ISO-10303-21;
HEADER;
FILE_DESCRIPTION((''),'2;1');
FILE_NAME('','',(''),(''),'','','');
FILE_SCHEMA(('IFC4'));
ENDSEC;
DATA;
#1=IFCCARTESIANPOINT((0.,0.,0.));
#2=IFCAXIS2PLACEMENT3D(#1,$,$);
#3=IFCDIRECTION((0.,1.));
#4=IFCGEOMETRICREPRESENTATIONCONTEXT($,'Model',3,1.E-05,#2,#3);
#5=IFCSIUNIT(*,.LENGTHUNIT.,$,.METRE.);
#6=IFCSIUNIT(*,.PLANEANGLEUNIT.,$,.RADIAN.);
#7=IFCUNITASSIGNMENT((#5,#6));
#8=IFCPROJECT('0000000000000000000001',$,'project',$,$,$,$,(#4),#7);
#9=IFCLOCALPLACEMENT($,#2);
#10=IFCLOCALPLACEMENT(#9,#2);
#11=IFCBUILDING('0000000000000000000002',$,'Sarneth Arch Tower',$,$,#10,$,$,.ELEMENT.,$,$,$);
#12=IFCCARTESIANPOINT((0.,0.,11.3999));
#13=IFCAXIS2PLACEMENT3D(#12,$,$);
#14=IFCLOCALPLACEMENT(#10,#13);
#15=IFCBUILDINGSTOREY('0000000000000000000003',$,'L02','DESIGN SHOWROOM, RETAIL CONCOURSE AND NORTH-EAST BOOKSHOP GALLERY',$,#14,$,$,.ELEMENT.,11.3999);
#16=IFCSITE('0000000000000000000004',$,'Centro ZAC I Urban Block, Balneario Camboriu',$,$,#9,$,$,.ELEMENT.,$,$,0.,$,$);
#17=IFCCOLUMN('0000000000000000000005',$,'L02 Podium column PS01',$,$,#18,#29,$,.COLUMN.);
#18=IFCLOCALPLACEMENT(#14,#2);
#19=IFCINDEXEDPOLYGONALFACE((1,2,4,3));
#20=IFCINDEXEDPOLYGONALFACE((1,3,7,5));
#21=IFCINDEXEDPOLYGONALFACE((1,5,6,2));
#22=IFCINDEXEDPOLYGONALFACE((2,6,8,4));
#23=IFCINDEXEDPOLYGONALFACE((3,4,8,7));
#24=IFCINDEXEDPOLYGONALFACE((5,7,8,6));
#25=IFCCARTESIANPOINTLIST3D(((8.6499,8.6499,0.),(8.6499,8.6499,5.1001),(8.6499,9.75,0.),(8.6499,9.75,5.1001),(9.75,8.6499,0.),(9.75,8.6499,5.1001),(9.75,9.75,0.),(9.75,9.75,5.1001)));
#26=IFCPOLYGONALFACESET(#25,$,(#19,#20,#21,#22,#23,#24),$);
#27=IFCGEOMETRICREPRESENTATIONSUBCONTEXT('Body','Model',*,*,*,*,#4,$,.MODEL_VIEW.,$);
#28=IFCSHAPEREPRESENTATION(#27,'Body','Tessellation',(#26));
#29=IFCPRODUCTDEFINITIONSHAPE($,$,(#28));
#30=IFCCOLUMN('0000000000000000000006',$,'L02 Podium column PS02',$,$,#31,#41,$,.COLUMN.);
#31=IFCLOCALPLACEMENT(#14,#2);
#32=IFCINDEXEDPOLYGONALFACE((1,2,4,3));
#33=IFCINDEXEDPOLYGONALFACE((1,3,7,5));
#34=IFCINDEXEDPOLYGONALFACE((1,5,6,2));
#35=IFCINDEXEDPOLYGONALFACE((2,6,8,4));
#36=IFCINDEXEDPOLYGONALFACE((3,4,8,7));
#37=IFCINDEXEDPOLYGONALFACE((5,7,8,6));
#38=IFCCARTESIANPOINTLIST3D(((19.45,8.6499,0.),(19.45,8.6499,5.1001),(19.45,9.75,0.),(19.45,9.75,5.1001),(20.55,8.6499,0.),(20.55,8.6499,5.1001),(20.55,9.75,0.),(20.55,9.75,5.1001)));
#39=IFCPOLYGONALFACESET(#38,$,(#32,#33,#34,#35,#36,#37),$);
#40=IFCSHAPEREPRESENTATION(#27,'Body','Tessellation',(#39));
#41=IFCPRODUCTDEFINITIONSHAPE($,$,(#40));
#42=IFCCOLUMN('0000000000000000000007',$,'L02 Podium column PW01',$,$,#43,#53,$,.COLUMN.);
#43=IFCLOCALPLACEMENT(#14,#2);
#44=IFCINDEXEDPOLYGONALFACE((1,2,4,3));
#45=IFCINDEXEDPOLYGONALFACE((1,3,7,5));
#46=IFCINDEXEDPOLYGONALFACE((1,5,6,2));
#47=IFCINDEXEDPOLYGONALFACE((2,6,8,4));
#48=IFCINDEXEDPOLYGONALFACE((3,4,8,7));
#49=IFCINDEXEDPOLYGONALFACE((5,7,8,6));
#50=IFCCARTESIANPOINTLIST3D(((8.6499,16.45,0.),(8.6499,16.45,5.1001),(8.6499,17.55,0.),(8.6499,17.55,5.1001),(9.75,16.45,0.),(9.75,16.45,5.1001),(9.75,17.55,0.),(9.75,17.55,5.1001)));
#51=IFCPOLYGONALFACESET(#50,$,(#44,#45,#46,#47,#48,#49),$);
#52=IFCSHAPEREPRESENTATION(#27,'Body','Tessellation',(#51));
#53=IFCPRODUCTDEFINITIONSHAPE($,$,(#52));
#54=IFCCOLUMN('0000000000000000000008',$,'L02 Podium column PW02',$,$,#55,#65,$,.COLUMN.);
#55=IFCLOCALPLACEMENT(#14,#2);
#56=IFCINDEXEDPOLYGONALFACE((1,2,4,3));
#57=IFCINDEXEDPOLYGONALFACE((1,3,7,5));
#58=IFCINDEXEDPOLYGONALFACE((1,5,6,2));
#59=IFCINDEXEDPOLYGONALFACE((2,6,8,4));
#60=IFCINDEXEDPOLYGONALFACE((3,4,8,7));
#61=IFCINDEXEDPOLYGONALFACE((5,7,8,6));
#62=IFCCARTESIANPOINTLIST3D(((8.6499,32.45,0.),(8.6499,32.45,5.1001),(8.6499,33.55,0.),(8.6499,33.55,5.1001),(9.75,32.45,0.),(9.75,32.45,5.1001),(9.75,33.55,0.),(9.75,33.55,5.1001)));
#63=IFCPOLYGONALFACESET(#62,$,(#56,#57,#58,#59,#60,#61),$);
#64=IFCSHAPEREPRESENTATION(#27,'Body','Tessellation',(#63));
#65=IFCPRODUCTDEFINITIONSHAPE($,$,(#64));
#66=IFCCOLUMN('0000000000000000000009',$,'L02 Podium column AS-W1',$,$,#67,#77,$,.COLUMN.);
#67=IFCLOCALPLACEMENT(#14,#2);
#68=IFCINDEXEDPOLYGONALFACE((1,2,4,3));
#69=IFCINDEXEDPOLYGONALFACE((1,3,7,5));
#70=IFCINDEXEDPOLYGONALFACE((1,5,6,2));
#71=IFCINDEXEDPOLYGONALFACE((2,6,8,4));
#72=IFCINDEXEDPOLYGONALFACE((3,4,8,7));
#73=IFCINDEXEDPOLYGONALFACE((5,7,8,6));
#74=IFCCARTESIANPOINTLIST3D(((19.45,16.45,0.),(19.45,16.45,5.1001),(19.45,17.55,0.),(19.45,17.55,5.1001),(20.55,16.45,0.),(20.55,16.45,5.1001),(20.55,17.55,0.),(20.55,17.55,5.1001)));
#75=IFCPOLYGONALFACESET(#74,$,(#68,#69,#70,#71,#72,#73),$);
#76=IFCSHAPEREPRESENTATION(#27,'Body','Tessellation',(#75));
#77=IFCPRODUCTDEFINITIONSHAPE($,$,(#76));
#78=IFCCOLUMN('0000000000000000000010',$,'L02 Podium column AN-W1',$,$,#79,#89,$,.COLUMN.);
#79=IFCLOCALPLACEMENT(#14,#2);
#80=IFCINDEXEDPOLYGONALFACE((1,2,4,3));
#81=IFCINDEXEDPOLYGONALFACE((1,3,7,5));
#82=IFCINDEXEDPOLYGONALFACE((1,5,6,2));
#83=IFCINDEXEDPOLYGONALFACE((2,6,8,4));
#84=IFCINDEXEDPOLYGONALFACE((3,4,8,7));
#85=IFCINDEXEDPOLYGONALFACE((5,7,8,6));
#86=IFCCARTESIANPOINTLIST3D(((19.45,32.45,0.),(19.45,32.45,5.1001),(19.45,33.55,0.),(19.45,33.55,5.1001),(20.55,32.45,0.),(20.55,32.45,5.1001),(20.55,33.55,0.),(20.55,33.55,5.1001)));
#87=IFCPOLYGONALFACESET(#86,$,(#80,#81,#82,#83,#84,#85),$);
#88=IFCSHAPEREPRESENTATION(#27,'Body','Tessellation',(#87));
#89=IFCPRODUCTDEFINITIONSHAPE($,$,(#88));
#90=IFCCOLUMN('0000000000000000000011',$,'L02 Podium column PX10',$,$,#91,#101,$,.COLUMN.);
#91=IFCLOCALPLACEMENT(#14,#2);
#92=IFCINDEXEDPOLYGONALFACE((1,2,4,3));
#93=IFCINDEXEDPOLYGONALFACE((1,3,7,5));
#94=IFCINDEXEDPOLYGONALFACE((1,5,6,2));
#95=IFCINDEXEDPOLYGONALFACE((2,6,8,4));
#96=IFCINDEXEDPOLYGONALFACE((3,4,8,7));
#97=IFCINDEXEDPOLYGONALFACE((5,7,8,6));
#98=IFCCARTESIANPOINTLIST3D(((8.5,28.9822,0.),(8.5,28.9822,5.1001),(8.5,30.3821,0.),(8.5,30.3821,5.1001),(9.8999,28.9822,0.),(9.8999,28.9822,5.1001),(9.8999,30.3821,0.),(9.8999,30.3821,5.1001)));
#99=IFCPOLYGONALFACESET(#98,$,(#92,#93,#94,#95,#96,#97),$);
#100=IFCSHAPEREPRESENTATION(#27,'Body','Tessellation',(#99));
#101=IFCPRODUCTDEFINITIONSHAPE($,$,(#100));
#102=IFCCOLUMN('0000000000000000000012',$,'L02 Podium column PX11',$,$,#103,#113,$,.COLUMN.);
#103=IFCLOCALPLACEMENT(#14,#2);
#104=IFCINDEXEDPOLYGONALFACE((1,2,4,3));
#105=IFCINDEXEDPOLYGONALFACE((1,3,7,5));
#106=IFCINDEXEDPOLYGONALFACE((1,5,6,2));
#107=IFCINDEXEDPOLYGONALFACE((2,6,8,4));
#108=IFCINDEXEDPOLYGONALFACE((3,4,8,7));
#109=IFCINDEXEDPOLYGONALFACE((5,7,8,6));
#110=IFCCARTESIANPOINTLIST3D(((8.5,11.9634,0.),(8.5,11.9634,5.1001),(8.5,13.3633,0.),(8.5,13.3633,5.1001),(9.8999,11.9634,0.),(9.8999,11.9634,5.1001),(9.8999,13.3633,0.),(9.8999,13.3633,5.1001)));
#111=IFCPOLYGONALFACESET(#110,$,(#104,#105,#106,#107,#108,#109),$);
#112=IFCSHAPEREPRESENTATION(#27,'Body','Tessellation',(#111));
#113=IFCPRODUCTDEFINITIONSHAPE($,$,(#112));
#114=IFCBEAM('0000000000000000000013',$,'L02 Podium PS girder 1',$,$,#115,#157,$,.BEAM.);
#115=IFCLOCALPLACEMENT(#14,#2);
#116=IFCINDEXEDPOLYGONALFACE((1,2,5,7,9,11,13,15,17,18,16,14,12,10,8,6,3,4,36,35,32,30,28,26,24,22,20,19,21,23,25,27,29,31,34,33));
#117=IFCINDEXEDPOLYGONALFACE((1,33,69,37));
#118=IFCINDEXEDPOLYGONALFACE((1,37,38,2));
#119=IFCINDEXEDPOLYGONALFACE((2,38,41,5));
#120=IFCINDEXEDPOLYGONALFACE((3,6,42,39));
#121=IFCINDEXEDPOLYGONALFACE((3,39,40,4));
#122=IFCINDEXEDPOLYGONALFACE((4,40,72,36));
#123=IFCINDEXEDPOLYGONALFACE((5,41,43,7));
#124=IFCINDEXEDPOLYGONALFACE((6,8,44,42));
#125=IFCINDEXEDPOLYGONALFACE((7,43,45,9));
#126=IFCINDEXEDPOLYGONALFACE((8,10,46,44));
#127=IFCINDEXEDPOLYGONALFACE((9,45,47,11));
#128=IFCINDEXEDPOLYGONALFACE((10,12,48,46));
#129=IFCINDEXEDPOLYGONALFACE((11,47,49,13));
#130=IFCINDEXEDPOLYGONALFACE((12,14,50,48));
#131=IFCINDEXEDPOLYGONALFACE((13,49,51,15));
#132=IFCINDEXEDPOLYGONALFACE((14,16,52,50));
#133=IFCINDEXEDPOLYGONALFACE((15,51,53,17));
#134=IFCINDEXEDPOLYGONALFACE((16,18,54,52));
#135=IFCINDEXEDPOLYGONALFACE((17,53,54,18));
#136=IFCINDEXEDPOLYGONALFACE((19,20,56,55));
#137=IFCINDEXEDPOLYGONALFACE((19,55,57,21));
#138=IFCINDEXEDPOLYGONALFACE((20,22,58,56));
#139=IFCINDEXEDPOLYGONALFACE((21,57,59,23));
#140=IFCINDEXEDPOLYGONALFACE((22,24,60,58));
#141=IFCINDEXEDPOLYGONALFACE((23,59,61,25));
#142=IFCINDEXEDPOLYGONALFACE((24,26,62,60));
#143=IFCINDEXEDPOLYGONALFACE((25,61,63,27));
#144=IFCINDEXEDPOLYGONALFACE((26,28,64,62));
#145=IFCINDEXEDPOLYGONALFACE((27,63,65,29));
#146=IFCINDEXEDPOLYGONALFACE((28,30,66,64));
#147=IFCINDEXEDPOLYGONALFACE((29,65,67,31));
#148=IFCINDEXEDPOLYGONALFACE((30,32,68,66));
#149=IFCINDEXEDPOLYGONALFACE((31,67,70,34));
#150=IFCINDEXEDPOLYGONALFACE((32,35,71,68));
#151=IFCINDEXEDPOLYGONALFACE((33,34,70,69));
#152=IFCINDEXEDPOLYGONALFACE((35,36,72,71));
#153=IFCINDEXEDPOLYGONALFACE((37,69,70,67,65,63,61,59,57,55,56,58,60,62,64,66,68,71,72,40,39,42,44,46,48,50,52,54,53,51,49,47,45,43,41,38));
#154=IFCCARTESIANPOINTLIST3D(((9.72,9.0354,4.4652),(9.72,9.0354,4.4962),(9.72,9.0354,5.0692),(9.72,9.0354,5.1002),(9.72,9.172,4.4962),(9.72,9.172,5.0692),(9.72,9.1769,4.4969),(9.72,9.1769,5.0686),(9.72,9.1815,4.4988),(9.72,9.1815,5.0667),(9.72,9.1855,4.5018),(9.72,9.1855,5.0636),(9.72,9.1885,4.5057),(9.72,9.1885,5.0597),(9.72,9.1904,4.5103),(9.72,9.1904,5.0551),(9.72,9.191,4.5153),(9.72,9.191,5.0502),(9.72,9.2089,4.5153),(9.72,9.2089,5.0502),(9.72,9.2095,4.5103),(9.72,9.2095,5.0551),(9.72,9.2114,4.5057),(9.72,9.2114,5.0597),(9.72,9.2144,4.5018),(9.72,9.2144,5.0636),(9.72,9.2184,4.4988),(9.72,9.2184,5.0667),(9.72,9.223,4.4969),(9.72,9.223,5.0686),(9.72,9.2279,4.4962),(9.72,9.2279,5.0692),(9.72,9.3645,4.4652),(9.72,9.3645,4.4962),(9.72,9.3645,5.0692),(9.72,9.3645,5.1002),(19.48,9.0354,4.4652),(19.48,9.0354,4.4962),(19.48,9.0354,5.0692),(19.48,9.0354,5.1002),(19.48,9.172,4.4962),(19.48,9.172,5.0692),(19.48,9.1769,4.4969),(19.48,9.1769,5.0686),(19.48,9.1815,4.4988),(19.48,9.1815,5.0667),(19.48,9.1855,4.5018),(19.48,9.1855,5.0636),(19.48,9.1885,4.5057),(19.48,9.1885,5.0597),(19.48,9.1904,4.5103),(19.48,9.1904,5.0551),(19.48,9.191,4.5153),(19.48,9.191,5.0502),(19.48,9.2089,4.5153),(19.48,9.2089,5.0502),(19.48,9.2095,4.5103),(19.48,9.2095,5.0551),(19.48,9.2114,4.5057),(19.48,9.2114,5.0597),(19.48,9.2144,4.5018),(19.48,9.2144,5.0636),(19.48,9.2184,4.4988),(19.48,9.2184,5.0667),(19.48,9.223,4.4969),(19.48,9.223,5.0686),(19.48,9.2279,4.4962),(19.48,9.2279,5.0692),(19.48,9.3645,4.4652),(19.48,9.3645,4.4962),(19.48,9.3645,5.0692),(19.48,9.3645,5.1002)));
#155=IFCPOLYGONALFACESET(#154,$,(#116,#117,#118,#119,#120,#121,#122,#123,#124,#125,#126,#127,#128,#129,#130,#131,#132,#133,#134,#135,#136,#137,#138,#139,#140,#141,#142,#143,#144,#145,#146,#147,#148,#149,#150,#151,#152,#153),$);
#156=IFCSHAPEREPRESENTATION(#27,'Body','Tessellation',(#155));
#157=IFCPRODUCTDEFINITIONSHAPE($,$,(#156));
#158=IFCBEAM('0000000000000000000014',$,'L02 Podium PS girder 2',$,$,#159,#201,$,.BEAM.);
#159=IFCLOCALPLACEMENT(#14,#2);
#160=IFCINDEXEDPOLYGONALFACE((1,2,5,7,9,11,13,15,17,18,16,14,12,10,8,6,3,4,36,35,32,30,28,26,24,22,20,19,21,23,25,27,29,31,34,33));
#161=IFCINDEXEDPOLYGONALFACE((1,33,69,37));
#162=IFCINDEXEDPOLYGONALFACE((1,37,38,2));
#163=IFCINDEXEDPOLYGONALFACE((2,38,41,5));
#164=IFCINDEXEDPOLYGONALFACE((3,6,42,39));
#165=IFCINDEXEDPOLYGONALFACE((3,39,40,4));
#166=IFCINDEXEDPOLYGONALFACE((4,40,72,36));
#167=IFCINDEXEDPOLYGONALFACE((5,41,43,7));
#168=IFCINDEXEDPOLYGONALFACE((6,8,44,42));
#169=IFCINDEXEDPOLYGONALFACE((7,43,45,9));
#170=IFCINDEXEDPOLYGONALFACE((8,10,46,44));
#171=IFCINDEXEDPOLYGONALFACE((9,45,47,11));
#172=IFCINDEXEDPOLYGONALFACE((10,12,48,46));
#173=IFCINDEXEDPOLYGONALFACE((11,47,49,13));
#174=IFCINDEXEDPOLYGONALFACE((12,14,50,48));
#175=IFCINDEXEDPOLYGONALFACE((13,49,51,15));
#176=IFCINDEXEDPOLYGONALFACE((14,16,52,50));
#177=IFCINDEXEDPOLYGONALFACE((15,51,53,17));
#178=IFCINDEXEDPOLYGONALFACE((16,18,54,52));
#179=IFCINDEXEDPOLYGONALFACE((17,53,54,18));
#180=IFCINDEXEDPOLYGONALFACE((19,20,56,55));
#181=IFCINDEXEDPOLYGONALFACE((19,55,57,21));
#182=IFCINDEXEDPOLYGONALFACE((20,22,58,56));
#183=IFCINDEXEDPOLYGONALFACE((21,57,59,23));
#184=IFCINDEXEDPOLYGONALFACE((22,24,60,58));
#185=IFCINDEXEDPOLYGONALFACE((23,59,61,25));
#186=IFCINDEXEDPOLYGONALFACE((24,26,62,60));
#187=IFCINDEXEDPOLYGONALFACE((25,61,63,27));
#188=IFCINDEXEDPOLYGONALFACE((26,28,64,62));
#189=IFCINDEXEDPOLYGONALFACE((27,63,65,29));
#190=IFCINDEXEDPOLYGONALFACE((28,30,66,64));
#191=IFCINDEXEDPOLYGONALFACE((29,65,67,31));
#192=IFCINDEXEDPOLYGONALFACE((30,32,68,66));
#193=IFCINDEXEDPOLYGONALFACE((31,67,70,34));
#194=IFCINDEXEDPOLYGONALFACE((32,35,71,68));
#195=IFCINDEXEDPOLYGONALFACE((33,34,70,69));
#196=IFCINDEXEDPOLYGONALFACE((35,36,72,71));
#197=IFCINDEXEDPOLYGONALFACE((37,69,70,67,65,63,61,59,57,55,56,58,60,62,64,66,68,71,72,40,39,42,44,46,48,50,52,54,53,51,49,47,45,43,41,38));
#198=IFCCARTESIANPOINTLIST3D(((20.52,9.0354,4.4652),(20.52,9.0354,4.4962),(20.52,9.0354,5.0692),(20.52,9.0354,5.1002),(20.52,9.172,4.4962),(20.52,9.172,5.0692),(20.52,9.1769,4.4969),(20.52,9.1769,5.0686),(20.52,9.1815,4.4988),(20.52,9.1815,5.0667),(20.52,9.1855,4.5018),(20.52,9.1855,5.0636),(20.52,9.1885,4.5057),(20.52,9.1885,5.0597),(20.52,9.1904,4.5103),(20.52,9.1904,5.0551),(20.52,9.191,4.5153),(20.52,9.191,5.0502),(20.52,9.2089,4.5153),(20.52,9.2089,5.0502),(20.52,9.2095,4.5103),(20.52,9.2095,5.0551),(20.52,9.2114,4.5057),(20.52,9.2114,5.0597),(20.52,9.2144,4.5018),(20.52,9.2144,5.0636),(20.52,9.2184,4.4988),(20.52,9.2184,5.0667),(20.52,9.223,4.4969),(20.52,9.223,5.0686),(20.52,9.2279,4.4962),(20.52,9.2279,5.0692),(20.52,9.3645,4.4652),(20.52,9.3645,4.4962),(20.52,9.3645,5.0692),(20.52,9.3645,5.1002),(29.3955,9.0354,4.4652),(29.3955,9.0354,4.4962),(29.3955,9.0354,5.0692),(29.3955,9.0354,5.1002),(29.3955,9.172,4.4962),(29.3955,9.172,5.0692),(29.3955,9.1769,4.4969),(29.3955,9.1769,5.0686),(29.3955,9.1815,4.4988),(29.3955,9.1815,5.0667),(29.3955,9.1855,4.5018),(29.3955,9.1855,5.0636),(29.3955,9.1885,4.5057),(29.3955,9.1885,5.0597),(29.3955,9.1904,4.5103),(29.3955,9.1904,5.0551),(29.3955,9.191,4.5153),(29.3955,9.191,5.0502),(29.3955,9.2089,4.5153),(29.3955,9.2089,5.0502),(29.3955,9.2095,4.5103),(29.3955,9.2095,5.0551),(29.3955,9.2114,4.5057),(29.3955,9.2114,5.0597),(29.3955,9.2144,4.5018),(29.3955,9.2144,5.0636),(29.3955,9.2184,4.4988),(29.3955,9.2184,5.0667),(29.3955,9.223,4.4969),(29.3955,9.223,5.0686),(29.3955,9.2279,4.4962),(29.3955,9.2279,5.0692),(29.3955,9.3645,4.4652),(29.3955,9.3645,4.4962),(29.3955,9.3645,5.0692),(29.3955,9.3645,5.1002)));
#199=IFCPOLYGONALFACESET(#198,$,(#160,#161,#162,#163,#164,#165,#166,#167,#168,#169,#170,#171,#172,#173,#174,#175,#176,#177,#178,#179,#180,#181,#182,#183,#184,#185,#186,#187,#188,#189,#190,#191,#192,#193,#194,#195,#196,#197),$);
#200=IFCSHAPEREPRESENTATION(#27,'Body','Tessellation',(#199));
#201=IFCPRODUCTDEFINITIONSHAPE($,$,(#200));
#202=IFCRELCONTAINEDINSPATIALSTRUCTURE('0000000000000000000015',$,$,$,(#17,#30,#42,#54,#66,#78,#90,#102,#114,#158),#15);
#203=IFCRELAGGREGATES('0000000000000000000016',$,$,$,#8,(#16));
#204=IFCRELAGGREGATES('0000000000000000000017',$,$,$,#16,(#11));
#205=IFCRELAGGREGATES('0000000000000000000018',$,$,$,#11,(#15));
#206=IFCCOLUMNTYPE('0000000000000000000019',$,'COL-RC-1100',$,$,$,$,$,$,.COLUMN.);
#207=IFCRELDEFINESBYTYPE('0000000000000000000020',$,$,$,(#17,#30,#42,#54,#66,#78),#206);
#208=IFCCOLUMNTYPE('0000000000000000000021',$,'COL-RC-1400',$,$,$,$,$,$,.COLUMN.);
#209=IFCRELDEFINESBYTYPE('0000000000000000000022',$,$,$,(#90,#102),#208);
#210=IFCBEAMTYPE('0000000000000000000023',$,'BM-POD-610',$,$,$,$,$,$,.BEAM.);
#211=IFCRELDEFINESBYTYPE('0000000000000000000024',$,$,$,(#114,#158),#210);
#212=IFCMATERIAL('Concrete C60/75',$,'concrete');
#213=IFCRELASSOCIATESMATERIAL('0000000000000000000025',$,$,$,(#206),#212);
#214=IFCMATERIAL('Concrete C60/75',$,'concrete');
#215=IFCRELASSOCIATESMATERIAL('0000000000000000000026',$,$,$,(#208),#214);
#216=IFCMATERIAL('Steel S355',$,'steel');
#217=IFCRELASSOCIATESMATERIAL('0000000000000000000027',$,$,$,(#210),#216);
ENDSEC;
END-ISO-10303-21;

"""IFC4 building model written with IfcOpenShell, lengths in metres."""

from ifc_helpers import new_model, si_unit, direction, frame, origin, origin_2d, place, context, subcontext, project, spatial, rectangle, i_section, extrude, material, material_profile, profile_set, type_object, element, save


model = new_model("IFC4")

# Units and contexts
model_context = context("Model", 3, precision=1e-05, world=origin(), true_north=direction((0.0, 1.0)))
body_context = subcontext(model_context, "Body", "Model", "MODEL_VIEW")
ifc_project = project(units=[si_unit("LENGTHUNIT", "METRE"), si_unit("PLANEANGLEUNIT", "RADIAN")], contexts=[model_context])

# Site, building, storey
site_placement = place(None, origin())
site = spatial("IfcSite", under=ifc_project, at=site_placement, Name="Centro ZAC I Urban Block, Balneario Camboriu", CompositionType="ELEMENT", RefElevation=0.0)
building_placement = place(site_placement, origin())
building = spatial("IfcBuilding", under=site, at=building_placement, Name="Sarneth Arch Tower", CompositionType="ELEMENT")
storey_placement = place(building_placement, frame((0.0, 0.0, 11.3999)))
storey = spatial("IfcBuildingStorey", under=building, at=storey_placement, Name="L02", Description="DESIGN SHOWROOM, RETAIL CONCOURSE AND NORTH-EAST BOOKSHOP GALLERY", CompositionType="ELEMENT", Elevation=11.3999)

# Columns
ifc_material_1 = material(Name="Concrete C60/75", Category="concrete")
ifc_material_profile_1 = material_profile(ifc_material_1, rectangle(XDim=1.1001, YDim=1.1001, at=origin_2d()), Name="RC-1100x1100")
ifc_profile_set_1 = profile_set([ifc_material_profile_1], Name="Concrete C60/75")
column_type_1 = type_object("IfcColumnType", Name="COL-RC-1100", PredefinedType="COLUMN", material=ifc_profile_set_1)
for number, where, z_axis, x_axis, name in (
    (1, (9.2, 9.2, 0.0), (0.0, 0.0, 1.0), (1.0, 0.0, 0.0), "L02 Podium column PS01"),
    (2, (20.0, 9.2, 0.0), (0.0, 0.0, 1.0), (1.0, 0.0, 0.0), "L02 Podium column PS02"),
    (3, (9.2, 17.0, 0.0), (0.0, 0.0, 1.0), (1.0, 0.0, 0.0), "L02 Podium column PW01"),
    (4, (9.2, 33.0, 0.0), (0.0, 0.0, 1.0), (1.0, 0.0, 0.0), "L02 Podium column PW02"),
    (5, (20.0, 17.0, 0.0), (0.0, 0.0, 1.0), (1.0, 0.0, 0.0), "L02 Podium column AS-W1"),
    (6, (20.0, 33.0, 0.0), (0.0, 0.0, 1.0), (1.0, 0.0, 0.0), "L02 Podium column AN-W1"),
):
    element("IfcColumn", number, at=place(storey_placement, frame(where, z_axis=z_axis, x_axis=x_axis)), inside=storey, type_object=column_type_1, Name=name, PredefinedType="COLUMN", context=body_context, shape_type="SweptSolid", body=[
        extrude(rectangle(XDim=1.1001, YDim=1.1001, at=origin_2d()), origin(), (0.0, 0.0, 1.0), 5.1001),
    ])
ifc_material_2 = material(Name="Concrete C60/75", Category="concrete")
ifc_material_profile_2 = material_profile(ifc_material_2, rectangle(XDim=1.3999, YDim=1.3999, at=origin_2d()), Name="RC-1400x1400")
ifc_profile_set_2 = profile_set([ifc_material_profile_2], Name="Concrete C60/75")
column_type_2 = type_object("IfcColumnType", Name="COL-RC-1400", PredefinedType="COLUMN", material=ifc_profile_set_2)
for number, where, z_axis, x_axis, name in (
    (7, (9.2, 29.6821, 0.0), (0.0, 0.0, 1.0), (1.0, 0.0, 0.0), "L02 Podium column PX10"),
    (8, (9.2, 12.6633, 0.0), (0.0, 0.0, 1.0), (1.0, 0.0, 0.0), "L02 Podium column PX11"),
):
    element("IfcColumn", number, at=place(storey_placement, frame(where, z_axis=z_axis, x_axis=x_axis)), inside=storey, type_object=column_type_2, Name=name, PredefinedType="COLUMN", context=body_context, shape_type="SweptSolid", body=[
        extrude(rectangle(XDim=1.3999, YDim=1.3999, at=origin_2d()), origin(), (0.0, 0.0, 1.0), 5.1001),
    ])

# Beams
ifc_material_3 = material(Name="Steel S355", Category="steel")
ifc_material_profile_3 = material_profile(ifc_material_3, i_section(OverallWidth=0.3291, OverallDepth=0.635, WebThickness=0.0178, FlangeThickness=0.031, FilletRadius=0.019, at=origin_2d()), Name="W610x241")
ifc_profile_set_3 = profile_set([ifc_material_profile_3], Name="Steel S355")
beam_type = type_object("IfcBeamType", Name="BM-POD-610", PredefinedType="BEAM", material=ifc_profile_set_3)
beam_1_placement = place(storey_placement, frame((9.72, 9.2, 4.7827), z_axis=(1.0, 0.0, 0.0), x_axis=(0.0, 1.0, 0.0)))
element("IfcBeam", 9, at=beam_1_placement, inside=storey, type_object=beam_type, Name="L02 Podium PS girder 1", PredefinedType="BEAM", context=body_context, shape_type="SweptSolid", body=[
    extrude(i_section(OverallWidth=0.3291, OverallDepth=0.635, WebThickness=0.0178, FlangeThickness=0.031, FilletRadius=0.019, at=origin_2d()), origin(), (0.0, 0.0, 1.0), 9.76),
])
beam_2_placement = place(storey_placement, frame((20.52, 9.2, 4.7827), z_axis=(1.0, 0.0, 0.0), x_axis=(0.0, 1.0, 0.0)))
element("IfcBeam", 10, at=beam_2_placement, inside=storey, type_object=beam_type, Name="L02 Podium PS girder 2", PredefinedType="BEAM", context=body_context, shape_type="SweptSolid", body=[
    extrude(i_section(OverallWidth=0.3291, OverallDepth=0.635, WebThickness=0.0178, FlangeThickness=0.031, FilletRadius=0.019, at=origin_2d()), origin(), (0.0, 0.0, 1.0), 8.8755),
])

save(model, "model.ifc")
